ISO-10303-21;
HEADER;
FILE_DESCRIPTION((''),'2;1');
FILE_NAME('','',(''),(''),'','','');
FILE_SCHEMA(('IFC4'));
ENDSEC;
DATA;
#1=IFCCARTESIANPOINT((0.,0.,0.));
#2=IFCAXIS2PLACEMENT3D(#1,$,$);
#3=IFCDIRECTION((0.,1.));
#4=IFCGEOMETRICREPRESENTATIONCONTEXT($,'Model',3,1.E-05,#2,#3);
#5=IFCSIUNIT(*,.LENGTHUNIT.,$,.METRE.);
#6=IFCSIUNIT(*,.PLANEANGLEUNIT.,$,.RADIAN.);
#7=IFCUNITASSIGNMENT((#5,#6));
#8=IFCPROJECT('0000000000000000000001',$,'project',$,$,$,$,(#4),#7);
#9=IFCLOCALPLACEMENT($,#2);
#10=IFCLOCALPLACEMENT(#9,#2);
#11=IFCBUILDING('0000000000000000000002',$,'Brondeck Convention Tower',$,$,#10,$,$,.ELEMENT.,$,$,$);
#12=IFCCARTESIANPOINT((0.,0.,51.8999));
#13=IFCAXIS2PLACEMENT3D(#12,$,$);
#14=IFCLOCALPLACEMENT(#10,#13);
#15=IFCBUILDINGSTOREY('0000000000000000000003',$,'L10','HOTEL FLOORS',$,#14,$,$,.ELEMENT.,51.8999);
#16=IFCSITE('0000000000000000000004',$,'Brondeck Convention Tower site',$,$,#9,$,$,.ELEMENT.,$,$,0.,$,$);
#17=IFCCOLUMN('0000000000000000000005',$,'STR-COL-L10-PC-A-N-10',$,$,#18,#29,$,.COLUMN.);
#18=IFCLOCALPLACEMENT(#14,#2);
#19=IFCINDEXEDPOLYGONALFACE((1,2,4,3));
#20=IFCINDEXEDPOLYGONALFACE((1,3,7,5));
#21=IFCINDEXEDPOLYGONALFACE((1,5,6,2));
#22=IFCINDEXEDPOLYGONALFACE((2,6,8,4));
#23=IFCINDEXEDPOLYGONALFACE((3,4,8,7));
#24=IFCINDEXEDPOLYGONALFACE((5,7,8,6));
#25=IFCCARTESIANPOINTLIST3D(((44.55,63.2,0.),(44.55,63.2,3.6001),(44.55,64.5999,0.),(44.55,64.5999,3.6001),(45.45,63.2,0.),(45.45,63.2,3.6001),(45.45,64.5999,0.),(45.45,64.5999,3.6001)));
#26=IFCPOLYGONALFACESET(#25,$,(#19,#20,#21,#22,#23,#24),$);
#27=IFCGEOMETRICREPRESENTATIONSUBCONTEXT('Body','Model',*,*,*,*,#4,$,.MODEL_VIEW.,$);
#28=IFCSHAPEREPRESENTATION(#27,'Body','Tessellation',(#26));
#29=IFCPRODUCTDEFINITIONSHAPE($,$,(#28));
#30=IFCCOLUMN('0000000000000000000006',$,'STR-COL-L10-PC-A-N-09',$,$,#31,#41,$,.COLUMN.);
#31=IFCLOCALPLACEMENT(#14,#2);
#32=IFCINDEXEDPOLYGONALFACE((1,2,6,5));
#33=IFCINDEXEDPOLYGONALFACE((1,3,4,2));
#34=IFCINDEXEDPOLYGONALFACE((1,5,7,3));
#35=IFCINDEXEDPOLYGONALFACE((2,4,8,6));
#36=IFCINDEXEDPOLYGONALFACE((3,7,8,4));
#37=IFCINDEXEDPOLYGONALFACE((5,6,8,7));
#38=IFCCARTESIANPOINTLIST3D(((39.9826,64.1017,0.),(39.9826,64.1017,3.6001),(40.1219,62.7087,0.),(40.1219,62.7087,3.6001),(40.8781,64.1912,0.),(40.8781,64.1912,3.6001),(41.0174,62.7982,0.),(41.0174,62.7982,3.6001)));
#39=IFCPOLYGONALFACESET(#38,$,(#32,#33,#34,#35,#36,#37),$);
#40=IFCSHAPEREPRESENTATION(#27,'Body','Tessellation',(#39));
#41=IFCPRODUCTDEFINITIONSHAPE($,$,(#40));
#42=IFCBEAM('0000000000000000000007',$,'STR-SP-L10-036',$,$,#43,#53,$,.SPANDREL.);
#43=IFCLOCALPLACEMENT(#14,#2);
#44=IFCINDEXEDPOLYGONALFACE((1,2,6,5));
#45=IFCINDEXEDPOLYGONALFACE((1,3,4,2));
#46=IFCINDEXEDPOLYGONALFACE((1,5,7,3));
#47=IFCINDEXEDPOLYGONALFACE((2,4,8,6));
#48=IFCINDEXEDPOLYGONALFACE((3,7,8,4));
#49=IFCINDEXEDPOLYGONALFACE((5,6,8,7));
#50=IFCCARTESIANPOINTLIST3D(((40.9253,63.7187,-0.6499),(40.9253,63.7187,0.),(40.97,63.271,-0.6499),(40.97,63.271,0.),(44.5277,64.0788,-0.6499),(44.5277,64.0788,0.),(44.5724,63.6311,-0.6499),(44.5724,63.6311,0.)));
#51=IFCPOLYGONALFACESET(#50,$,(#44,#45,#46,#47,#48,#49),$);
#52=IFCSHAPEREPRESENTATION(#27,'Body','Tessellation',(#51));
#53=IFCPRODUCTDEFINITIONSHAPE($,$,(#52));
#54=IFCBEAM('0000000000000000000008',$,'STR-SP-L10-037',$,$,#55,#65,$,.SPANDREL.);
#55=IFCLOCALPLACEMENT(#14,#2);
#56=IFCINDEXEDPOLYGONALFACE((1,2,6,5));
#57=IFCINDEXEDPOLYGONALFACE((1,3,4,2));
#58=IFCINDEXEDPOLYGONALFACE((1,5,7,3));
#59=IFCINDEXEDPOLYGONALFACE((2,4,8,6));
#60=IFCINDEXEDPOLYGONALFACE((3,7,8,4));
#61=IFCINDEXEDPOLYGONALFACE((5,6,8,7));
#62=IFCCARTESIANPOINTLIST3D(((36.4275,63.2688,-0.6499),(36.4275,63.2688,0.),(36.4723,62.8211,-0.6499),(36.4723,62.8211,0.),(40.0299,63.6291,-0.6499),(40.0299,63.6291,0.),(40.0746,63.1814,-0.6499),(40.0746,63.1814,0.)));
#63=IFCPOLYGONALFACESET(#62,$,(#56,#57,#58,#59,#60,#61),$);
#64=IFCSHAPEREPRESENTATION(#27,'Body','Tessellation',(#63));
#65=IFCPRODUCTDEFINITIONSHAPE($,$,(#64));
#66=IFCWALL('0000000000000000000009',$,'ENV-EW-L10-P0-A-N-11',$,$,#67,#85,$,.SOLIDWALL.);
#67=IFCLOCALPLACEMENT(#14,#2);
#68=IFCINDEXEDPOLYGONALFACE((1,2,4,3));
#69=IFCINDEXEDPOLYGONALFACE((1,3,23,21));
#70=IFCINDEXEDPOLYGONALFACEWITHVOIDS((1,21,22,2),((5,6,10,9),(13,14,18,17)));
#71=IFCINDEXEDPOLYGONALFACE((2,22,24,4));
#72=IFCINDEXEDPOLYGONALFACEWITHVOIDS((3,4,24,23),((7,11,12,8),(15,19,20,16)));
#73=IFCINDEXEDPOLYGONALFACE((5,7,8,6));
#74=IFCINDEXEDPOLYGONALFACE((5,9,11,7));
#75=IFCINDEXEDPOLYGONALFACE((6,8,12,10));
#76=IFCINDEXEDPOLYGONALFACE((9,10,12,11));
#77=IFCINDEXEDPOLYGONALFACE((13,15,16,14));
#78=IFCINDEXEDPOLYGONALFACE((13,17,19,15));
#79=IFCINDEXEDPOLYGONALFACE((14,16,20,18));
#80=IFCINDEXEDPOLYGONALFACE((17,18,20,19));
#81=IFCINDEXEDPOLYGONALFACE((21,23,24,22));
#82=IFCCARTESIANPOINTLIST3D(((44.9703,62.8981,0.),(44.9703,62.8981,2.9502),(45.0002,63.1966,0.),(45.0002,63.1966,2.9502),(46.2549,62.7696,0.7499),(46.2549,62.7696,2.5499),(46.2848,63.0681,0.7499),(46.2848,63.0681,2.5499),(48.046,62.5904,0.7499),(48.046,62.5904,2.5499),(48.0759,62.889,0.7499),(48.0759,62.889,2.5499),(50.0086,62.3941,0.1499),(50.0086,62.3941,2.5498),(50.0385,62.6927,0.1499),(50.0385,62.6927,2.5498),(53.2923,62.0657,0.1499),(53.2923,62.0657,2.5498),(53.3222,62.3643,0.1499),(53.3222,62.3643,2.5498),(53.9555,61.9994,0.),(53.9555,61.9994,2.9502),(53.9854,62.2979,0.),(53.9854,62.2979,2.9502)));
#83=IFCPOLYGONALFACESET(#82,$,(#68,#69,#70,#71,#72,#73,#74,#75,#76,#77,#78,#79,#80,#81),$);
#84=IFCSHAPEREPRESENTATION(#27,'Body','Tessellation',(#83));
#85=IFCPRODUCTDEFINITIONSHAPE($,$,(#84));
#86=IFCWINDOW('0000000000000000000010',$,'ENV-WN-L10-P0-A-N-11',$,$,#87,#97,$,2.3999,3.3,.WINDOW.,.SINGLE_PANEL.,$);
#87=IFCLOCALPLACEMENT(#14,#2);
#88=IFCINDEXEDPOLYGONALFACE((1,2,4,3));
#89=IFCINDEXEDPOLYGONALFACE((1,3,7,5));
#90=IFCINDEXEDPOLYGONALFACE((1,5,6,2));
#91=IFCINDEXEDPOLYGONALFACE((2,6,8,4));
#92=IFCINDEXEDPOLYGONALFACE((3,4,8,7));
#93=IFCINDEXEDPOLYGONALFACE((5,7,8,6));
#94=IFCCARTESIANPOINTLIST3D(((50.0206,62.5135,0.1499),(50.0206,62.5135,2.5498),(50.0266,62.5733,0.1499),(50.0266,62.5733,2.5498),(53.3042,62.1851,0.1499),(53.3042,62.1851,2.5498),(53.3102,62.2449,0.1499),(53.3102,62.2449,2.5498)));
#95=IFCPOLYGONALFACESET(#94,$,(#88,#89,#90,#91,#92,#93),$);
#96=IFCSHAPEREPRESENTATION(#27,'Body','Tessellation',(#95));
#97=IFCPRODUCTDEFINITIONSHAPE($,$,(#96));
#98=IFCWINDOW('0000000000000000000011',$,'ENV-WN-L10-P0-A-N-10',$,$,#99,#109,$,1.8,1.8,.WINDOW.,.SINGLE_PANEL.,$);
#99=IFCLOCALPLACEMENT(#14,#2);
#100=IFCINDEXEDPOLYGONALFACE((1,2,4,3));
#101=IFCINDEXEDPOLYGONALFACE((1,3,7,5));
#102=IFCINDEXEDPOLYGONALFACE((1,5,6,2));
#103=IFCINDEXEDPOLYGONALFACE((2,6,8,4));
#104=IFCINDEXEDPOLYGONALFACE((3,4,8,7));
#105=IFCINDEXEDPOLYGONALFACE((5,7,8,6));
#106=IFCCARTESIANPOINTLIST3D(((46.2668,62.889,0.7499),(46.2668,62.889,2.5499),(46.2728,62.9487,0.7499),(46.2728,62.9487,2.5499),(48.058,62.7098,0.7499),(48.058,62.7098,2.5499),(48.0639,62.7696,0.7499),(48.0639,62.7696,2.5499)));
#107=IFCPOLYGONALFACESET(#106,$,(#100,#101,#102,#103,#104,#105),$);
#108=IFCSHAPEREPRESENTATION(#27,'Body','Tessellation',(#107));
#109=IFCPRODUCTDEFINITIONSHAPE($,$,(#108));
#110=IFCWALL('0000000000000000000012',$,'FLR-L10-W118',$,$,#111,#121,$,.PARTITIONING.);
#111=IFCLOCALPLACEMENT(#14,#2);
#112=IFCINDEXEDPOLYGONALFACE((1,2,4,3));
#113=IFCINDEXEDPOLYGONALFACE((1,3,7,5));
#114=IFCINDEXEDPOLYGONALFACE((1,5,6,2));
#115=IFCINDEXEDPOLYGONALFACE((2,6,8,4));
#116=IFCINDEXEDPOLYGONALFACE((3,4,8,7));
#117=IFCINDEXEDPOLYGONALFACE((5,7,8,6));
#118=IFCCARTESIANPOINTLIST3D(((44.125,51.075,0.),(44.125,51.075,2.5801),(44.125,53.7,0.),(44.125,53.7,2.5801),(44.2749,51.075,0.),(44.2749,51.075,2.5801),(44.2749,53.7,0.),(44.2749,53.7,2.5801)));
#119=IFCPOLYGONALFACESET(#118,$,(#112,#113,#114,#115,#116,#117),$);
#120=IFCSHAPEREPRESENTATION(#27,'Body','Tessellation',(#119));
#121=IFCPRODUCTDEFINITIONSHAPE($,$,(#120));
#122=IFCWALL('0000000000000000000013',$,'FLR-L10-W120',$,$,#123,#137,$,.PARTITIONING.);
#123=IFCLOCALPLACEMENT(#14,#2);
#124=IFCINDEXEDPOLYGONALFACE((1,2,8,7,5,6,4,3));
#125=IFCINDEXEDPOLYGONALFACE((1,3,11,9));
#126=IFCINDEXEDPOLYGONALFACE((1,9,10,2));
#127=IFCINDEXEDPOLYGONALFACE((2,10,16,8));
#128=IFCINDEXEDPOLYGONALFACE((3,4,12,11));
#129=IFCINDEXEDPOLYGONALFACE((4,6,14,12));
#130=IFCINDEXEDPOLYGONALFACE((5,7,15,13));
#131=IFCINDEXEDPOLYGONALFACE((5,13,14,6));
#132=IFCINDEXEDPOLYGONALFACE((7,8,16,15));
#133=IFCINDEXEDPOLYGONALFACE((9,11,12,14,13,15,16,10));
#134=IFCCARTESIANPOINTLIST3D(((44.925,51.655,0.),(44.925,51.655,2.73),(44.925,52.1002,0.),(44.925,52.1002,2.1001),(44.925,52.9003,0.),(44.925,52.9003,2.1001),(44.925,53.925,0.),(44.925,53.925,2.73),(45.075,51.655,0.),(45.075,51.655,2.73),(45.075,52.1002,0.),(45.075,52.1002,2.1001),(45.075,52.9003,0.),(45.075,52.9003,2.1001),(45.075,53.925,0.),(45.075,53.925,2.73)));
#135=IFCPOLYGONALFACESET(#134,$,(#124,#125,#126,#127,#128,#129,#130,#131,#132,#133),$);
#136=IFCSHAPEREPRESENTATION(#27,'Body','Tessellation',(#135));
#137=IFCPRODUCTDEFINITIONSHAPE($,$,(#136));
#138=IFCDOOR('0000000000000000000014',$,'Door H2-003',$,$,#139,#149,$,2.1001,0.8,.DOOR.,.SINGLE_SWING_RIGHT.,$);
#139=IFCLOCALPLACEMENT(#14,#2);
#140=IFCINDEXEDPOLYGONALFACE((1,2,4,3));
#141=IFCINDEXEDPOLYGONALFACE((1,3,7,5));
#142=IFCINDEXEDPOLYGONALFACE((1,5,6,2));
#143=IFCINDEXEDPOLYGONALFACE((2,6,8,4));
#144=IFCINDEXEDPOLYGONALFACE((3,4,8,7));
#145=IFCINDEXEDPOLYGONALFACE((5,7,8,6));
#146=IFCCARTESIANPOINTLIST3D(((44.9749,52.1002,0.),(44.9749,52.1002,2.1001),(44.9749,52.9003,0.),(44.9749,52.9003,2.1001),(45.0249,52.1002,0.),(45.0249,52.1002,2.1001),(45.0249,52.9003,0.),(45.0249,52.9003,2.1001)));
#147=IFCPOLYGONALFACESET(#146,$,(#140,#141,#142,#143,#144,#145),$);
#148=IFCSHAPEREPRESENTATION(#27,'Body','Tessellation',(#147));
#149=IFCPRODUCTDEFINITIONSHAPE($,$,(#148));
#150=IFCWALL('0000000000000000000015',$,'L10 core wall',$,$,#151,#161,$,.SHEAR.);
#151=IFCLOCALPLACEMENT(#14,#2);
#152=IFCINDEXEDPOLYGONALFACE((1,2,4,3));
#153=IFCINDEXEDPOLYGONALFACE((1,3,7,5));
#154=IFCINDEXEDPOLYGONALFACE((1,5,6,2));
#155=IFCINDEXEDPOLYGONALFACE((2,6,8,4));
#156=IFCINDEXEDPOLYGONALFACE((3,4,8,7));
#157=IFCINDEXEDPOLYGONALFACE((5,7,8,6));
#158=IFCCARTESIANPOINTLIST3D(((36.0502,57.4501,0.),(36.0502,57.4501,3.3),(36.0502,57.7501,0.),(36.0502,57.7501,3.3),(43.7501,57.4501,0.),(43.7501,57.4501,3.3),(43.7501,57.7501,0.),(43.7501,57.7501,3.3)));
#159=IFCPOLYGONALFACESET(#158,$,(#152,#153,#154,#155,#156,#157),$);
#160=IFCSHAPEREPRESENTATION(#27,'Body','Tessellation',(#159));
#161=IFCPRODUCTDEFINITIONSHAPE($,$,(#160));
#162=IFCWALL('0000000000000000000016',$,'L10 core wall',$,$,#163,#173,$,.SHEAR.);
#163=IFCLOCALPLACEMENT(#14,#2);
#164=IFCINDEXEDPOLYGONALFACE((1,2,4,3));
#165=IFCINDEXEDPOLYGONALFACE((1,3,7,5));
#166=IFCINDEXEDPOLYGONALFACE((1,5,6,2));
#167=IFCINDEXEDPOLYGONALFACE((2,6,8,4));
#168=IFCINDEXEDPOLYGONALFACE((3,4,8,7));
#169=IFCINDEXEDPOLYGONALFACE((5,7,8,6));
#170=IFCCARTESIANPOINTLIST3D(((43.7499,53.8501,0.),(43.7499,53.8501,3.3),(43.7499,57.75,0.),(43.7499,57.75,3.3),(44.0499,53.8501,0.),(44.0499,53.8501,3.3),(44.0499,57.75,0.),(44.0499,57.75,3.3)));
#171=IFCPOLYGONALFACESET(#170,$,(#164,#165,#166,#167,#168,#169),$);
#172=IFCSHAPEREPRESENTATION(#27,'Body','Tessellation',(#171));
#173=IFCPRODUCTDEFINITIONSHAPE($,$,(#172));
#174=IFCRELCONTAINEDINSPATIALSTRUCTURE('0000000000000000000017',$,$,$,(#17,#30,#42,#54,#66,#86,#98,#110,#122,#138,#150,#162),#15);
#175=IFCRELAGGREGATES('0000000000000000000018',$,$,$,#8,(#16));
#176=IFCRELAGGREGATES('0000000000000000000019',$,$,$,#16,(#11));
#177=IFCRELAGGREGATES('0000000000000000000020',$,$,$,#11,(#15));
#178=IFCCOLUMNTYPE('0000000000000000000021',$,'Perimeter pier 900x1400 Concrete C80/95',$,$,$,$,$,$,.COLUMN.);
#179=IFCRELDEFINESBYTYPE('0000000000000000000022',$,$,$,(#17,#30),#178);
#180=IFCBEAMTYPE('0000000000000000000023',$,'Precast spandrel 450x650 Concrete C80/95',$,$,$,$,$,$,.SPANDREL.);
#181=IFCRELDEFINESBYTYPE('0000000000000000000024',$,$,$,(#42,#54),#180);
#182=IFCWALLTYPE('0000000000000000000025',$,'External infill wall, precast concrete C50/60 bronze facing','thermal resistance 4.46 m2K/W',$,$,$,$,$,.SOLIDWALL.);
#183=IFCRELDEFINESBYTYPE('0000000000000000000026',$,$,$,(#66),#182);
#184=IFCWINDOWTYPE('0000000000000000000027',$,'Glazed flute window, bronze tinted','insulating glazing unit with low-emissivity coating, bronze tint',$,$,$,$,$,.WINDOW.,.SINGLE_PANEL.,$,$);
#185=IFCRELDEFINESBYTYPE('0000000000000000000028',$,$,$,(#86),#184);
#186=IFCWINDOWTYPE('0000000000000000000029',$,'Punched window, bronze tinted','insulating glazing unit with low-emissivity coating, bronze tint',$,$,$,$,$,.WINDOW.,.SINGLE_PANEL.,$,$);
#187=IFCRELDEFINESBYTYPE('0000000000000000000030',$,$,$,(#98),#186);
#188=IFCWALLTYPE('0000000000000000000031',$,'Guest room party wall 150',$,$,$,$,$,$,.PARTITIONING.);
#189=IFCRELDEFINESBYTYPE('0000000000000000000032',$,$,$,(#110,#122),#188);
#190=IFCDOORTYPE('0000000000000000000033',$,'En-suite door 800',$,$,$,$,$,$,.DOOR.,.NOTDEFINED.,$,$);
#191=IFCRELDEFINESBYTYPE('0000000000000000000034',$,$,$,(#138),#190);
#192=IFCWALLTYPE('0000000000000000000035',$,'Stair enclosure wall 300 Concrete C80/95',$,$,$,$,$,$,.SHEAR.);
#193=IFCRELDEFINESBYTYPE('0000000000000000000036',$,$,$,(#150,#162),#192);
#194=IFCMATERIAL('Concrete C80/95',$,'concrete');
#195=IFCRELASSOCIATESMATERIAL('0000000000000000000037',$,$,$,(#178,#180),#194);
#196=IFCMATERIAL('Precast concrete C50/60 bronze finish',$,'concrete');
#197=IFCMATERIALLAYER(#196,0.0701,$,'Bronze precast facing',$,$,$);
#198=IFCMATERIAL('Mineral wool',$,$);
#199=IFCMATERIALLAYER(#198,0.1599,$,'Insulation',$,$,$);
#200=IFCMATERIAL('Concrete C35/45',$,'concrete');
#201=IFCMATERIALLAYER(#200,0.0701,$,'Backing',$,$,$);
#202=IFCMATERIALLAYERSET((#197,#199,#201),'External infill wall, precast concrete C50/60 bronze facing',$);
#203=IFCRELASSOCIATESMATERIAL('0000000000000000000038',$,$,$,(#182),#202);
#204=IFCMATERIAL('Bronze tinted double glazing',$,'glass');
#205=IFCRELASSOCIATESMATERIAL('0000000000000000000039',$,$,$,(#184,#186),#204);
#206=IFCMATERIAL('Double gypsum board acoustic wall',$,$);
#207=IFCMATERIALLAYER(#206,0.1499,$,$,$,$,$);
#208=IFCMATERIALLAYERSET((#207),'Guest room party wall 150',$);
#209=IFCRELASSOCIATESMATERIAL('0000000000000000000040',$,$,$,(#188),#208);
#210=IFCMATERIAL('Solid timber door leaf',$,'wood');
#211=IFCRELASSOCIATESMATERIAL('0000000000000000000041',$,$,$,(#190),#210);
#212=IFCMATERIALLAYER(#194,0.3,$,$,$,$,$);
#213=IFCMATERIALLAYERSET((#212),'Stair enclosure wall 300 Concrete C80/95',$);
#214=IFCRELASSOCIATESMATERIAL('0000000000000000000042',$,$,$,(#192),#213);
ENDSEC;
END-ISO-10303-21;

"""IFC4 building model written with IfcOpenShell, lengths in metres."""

from ifc_helpers import new_model, si_unit, direction, frame, frame_2d, origin, origin_2d, place, context, subcontext, project, spatial, rectangle, extrude, material, layer, layer_set, material_profile, profile_set, type_object, element, fill, save


model = new_model("IFC4")

# Units and contexts
model_context = context("Model", 3, precision=1e-05, world=origin(), true_north=direction((0.0, 1.0)))
body_context = subcontext(model_context, "Body", "Model", "MODEL_VIEW")
ifc_project = project(units=[si_unit("LENGTHUNIT", "METRE"), si_unit("PLANEANGLEUNIT", "RADIAN")], contexts=[model_context])

# Site, building, storey
site_placement = place(None, origin())
site = spatial("IfcSite", under=ifc_project, at=site_placement, Name="Brondeck Convention Tower site", CompositionType="ELEMENT", RefElevation=0.0)
building_placement = place(site_placement, origin())
building = spatial("IfcBuilding", under=site, at=building_placement, Name="Brondeck Convention Tower", CompositionType="ELEMENT")
storey_placement = place(building_placement, frame((0.0, 0.0, 51.8999)))
storey = spatial("IfcBuildingStorey", under=building, at=storey_placement, Name="L10", Description="HOTEL FLOORS", CompositionType="ELEMENT", Elevation=51.8999)

# Columns
ifc_material_1 = material(Name="Concrete C80/95", Category="concrete")
ifc_material_profile_1 = material_profile(ifc_material_1, rectangle(XDim=0.8999, YDim=1.3999, at=origin_2d()), Name="Perimeter pier 900x1400 Concrete C80/95")
ifc_profile_set_1 = profile_set([ifc_material_profile_1], Name="Concrete C80/95")
column_type = type_object("IfcColumnType", Name="Perimeter pier 900x1400 Concrete C80/95", PredefinedType="COLUMN", material=ifc_profile_set_1)
for number, where, z_axis, x_axis, name in (
    (1, (45.0, 63.8999, 0.0), (0.0, 0.0, 1.0), (-1.0, 0.0, 0.0), "STR-COL-L10-PC-A-N-10"),
    (2, (40.5, 63.45, 0.0), (0.0, 0.0, 1.0), (-0.995037, -0.099504, 0.0), "STR-COL-L10-PC-A-N-09"),
):
    element("IfcColumn", number, at=place(storey_placement, frame(where, z_axis=z_axis, x_axis=x_axis)), inside=storey, type_object=column_type, Name=name, PredefinedType="COLUMN", context=body_context, shape_type="SweptSolid", body=[
        extrude(rectangle(XDim=0.8999, YDim=1.3999, at=origin_2d()), origin(), (0.0, 0.0, 1.0), 3.6001),
    ])

# Beams
ifc_material_profile_2 = material_profile(ifc_material_1, rectangle(XDim=0.45, YDim=0.6499, at=origin_2d()), Name="Precast spandrel 450x650 Concrete C80/95")
ifc_profile_set_2 = profile_set([ifc_material_profile_2], Name="Concrete C80/95")
beam_type = type_object("IfcBeamType", Name="Precast spandrel 450x650 Concrete C80/95", PredefinedType="SPANDREL", material=ifc_profile_set_2)
for number, where, z_axis, x_axis, name in (
    (3, (44.55, 63.855, -0.325), (-0.995041, -0.09947, 0.0), (0.09947, -0.995041, 0.0), "STR-SP-L10-036"),
    (4, (40.0522, 63.4053, -0.325), (-0.995034, -0.099537, 0.0), (0.099537, -0.995034, 0.0), "STR-SP-L10-037"),
):
    element("IfcBeam", number, at=place(storey_placement, frame(where, z_axis=z_axis, x_axis=x_axis)), inside=storey, type_object=beam_type, Name=name, PredefinedType="SPANDREL", context=body_context, shape_type="SweptSolid", body=[
        extrude(rectangle(XDim=0.45, YDim=0.6499, at=origin_2d()), origin(), (0.0, 0.0, 1.0), 3.6204),
    ])

# Wall, openings, windows
ifc_material_2 = material(Name="Precast concrete C50/60 bronze finish", Category="concrete")
ifc_layer_1 = layer(ifc_material_2, 0.0701, Name="Bronze precast facing")
ifc_material_3 = material(Name="Mineral wool")
ifc_layer_2 = layer(ifc_material_3, 0.1599, Name="Insulation")
ifc_material_4 = material(Name="Concrete C35/45", Category="concrete")
ifc_layer_3 = layer(ifc_material_4, 0.0701, Name="Backing")
ifc_layer_set_1 = layer_set([ifc_layer_1, ifc_layer_2, ifc_layer_3], Name="External infill wall, precast concrete C50/60 bronze facing")
wall_type_1 = type_object("IfcWallType", Name="External infill wall, precast concrete C50/60 bronze facing", Description="thermal resistance 4.46 m2K/W", PredefinedType="SOLIDWALL", material=ifc_layer_set_1)
wall_1_placement = place(storey_placement, frame((44.9851, 63.0474, 0.0), z_axis=(0.0, 0.0, 1.0), x_axis=(0.995035, -0.099522, 0.0)))
wall_1 = element("IfcWall", 5, at=wall_1_placement, inside=storey, type_object=wall_type_1, Name="ENV-EW-L10-P0-A-N-11", PredefinedType="SOLIDWALL", context=body_context, shape_type="SweptSolid", body=[
    extrude(rectangle(XDim=9.03, YDim=0.3, at=frame_2d((4.5151, 0.0))), origin(), (0.0, 0.0, 1.0), 2.9502),
])
opening_1_placement = place(wall_1_placement, frame((1.2913, 0.0, 0.75)))
opening_1 = element("IfcOpeningElement", 6, at=opening_1_placement, cuts=wall_1, PredefinedType="OPENING", context=body_context, shape_type="SweptSolid", body=[
    extrude(rectangle(XDim=1.8, YDim=1.8, at=frame_2d((0.8999, 0.8999))), frame((0.0, 0.1599, 0.0), z_axis=(0.0, -1.0, 0.0), x_axis=(1.0, 0.0, 0.0)), (0.0, 0.0, 1.0), 0.3201),
])
opening_2_placement = place(wall_1_placement, frame((5.0637, 0.0, 0.1499)))
opening_2 = element("IfcOpeningElement", 7, at=opening_2_placement, cuts=wall_1, PredefinedType="OPENING", context=body_context, shape_type="SweptSolid", body=[
    extrude(rectangle(XDim=3.3, YDim=2.3999, at=frame_2d((1.6499, 1.2))), frame((0.0, 0.1599, 0.0), z_axis=(0.0, -1.0, 0.0), x_axis=(1.0, 0.0, 0.0)), (0.0, 0.0, 1.0), 0.3201),
])
ifc_material_5 = material(Name="Bronze tinted double glazing", Category="glass")
window_type_1 = type_object("IfcWindowType", Name="Glazed flute window, bronze tinted", Description="insulating glazing unit with low-emissivity coating, bronze tint", PartitioningType="SINGLE_PANEL", PredefinedType="WINDOW", material=ifc_material_5)
window_1_placement = place(opening_2_placement, origin())
window_1 = element("IfcWindow", 8, at=window_1_placement, inside=storey, type_object=window_type_1, Name="ENV-WN-L10-P0-A-N-11", OverallHeight=2.3999, OverallWidth=3.3, PartitioningType="SINGLE_PANEL", PredefinedType="WINDOW", context=body_context, shape_type="SweptSolid", body=[
    extrude(rectangle(XDim=3.3, YDim=2.3999, at=frame_2d((1.6499, 1.2))), frame((0.0, 0.03, 0.0), z_axis=(0.0, -1.0, 0.0), x_axis=(1.0, 0.0, 0.0)), (0.0, 0.0, 1.0), 0.0601),
])
fill(opening_2, window_1)
window_type_2 = type_object("IfcWindowType", Name="Punched window, bronze tinted", Description="insulating glazing unit with low-emissivity coating, bronze tint", PartitioningType="SINGLE_PANEL", PredefinedType="WINDOW", material=ifc_material_5)
window_2_placement = place(opening_1_placement, origin())
window_2 = element("IfcWindow", 9, at=window_2_placement, inside=storey, type_object=window_type_2, Name="ENV-WN-L10-P0-A-N-10", OverallHeight=1.8, OverallWidth=1.8, PartitioningType="SINGLE_PANEL", PredefinedType="WINDOW", context=body_context, shape_type="SweptSolid", body=[
    extrude(rectangle(XDim=1.8, YDim=1.8, at=frame_2d((0.8999, 0.8999))), frame((0.0, 0.03, 0.0), z_axis=(0.0, -1.0, 0.0), x_axis=(1.0, 0.0, 0.0)), (0.0, 0.0, 1.0), 0.0601),
])
fill(opening_1, window_2)

# Wall
ifc_material_6 = material(Name="Double gypsum board acoustic wall")
ifc_layer_4 = layer(ifc_material_6, 0.1499)
ifc_layer_set_2 = layer_set([ifc_layer_4], Name="Guest room party wall 150")
wall_type_2 = type_object("IfcWallType", Name="Guest room party wall 150", PredefinedType="PARTITIONING", material=ifc_layer_set_2)
wall_2_placement = place(storey_placement, frame((44.2, 53.7, 0.0), z_axis=(0.0, 0.0, 1.0), x_axis=(0.0, -1.0, 0.0)))
element("IfcWall", 10, at=wall_2_placement, inside=storey, type_object=wall_type_2, Name="FLR-L10-W118", PredefinedType="PARTITIONING", context=body_context, shape_type="SweptSolid", body=[
    extrude(rectangle(XDim=2.625, YDim=0.1499, at=frame_2d((1.3125, 0.0))), origin(), (0.0, 0.0, 1.0), 2.5801),
])

# Wall, opening, door
wall_3_placement = place(storey_placement, frame((45.0, 53.925, 0.0), z_axis=(0.0, 0.0, 1.0), x_axis=(0.0, -1.0, 0.0)))
wall_3 = element("IfcWall", 11, at=wall_3_placement, inside=storey, type_object=wall_type_2, Name="FLR-L10-W120", PredefinedType="PARTITIONING", context=body_context, shape_type="SweptSolid", body=[
    extrude(rectangle(XDim=2.27, YDim=0.1499, at=frame_2d((1.135, 0.0))), origin(), (0.0, 0.0, 1.0), 2.73),
])
opening_3_placement = place(wall_3_placement, frame((1.0249, 0.0, 0.0)))
opening_3 = element("IfcOpeningElement", 12, at=opening_3_placement, cuts=wall_3, PredefinedType="OPENING", context=body_context, shape_type="SweptSolid", body=[
    extrude(rectangle(XDim=0.8, YDim=2.1001, at=frame_2d((0.3999, 1.05))), frame((0.0, 0.085, 0.0), z_axis=(0.0, -1.0, 0.0), x_axis=(1.0, 0.0, 0.0)), (0.0, 0.0, 1.0), 0.1699),
])
ifc_material_7 = material(Name="Solid timber door leaf", Category="wood")
door_type = type_object("IfcDoorType", Name="En-suite door 800", OperationType="NOTDEFINED", PredefinedType="DOOR", material=ifc_material_7)
door_placement = place(opening_3_placement, origin())
door = element("IfcDoor", 13, at=door_placement, inside=storey, type_object=door_type, Name="Door H2-003", OperationType="SINGLE_SWING_RIGHT", OverallHeight=2.1001, OverallWidth=0.8, PredefinedType="DOOR", context=body_context, shape_type="SweptSolid", body=[
    extrude(rectangle(XDim=0.8, YDim=2.1001, at=frame_2d((0.3999, 1.05))), frame((0.0, 0.0249, 0.0), z_axis=(0.0, -1.0, 0.0), x_axis=(1.0, 0.0, 0.0)), (0.0, 0.0, 1.0), 0.05),
])
fill(opening_3, door)

# Walls
ifc_layer_5 = layer(ifc_material_1, 0.3)
ifc_layer_set_3 = layer_set([ifc_layer_5], Name="Stair enclosure wall 300 Concrete C80/95")
wall_type_3 = type_object("IfcWallType", Name="Stair enclosure wall 300 Concrete C80/95", PredefinedType="SHEAR", material=ifc_layer_set_3)
wall_4_placement = place(storey_placement, frame((36.05, 57.6001, 0.0), z_axis=(0.0, 0.0, 1.0), x_axis=(1.0, 0.0, 0.0)))
element("IfcWall", 14, at=wall_4_placement, inside=storey, type_object=wall_type_3, Name="L10 core wall", PredefinedType="SHEAR", context=body_context, shape_type="SweptSolid", body=[
    extrude(rectangle(XDim=7.7, YDim=0.3, at=frame_2d((3.8501, 0.0))), origin(), (0.0, 0.0, 1.0), 3.3),
])
wall_5_placement = place(storey_placement, frame((43.8999, 53.8501, 0.0), z_axis=(0.0, 0.0, 1.0), x_axis=(0.0, 1.0, 0.0)))
element("IfcWall", 15, at=wall_5_placement, inside=storey, type_object=wall_type_3, Name="L10 core wall", PredefinedType="SHEAR", context=body_context, shape_type="SweptSolid", body=[
    extrude(rectangle(XDim=3.8999, YDim=0.3, at=frame_2d((1.95, 0.0))), origin(), (0.0, 0.0, 1.0), 3.3),
])

save(model, "model.ifc")
